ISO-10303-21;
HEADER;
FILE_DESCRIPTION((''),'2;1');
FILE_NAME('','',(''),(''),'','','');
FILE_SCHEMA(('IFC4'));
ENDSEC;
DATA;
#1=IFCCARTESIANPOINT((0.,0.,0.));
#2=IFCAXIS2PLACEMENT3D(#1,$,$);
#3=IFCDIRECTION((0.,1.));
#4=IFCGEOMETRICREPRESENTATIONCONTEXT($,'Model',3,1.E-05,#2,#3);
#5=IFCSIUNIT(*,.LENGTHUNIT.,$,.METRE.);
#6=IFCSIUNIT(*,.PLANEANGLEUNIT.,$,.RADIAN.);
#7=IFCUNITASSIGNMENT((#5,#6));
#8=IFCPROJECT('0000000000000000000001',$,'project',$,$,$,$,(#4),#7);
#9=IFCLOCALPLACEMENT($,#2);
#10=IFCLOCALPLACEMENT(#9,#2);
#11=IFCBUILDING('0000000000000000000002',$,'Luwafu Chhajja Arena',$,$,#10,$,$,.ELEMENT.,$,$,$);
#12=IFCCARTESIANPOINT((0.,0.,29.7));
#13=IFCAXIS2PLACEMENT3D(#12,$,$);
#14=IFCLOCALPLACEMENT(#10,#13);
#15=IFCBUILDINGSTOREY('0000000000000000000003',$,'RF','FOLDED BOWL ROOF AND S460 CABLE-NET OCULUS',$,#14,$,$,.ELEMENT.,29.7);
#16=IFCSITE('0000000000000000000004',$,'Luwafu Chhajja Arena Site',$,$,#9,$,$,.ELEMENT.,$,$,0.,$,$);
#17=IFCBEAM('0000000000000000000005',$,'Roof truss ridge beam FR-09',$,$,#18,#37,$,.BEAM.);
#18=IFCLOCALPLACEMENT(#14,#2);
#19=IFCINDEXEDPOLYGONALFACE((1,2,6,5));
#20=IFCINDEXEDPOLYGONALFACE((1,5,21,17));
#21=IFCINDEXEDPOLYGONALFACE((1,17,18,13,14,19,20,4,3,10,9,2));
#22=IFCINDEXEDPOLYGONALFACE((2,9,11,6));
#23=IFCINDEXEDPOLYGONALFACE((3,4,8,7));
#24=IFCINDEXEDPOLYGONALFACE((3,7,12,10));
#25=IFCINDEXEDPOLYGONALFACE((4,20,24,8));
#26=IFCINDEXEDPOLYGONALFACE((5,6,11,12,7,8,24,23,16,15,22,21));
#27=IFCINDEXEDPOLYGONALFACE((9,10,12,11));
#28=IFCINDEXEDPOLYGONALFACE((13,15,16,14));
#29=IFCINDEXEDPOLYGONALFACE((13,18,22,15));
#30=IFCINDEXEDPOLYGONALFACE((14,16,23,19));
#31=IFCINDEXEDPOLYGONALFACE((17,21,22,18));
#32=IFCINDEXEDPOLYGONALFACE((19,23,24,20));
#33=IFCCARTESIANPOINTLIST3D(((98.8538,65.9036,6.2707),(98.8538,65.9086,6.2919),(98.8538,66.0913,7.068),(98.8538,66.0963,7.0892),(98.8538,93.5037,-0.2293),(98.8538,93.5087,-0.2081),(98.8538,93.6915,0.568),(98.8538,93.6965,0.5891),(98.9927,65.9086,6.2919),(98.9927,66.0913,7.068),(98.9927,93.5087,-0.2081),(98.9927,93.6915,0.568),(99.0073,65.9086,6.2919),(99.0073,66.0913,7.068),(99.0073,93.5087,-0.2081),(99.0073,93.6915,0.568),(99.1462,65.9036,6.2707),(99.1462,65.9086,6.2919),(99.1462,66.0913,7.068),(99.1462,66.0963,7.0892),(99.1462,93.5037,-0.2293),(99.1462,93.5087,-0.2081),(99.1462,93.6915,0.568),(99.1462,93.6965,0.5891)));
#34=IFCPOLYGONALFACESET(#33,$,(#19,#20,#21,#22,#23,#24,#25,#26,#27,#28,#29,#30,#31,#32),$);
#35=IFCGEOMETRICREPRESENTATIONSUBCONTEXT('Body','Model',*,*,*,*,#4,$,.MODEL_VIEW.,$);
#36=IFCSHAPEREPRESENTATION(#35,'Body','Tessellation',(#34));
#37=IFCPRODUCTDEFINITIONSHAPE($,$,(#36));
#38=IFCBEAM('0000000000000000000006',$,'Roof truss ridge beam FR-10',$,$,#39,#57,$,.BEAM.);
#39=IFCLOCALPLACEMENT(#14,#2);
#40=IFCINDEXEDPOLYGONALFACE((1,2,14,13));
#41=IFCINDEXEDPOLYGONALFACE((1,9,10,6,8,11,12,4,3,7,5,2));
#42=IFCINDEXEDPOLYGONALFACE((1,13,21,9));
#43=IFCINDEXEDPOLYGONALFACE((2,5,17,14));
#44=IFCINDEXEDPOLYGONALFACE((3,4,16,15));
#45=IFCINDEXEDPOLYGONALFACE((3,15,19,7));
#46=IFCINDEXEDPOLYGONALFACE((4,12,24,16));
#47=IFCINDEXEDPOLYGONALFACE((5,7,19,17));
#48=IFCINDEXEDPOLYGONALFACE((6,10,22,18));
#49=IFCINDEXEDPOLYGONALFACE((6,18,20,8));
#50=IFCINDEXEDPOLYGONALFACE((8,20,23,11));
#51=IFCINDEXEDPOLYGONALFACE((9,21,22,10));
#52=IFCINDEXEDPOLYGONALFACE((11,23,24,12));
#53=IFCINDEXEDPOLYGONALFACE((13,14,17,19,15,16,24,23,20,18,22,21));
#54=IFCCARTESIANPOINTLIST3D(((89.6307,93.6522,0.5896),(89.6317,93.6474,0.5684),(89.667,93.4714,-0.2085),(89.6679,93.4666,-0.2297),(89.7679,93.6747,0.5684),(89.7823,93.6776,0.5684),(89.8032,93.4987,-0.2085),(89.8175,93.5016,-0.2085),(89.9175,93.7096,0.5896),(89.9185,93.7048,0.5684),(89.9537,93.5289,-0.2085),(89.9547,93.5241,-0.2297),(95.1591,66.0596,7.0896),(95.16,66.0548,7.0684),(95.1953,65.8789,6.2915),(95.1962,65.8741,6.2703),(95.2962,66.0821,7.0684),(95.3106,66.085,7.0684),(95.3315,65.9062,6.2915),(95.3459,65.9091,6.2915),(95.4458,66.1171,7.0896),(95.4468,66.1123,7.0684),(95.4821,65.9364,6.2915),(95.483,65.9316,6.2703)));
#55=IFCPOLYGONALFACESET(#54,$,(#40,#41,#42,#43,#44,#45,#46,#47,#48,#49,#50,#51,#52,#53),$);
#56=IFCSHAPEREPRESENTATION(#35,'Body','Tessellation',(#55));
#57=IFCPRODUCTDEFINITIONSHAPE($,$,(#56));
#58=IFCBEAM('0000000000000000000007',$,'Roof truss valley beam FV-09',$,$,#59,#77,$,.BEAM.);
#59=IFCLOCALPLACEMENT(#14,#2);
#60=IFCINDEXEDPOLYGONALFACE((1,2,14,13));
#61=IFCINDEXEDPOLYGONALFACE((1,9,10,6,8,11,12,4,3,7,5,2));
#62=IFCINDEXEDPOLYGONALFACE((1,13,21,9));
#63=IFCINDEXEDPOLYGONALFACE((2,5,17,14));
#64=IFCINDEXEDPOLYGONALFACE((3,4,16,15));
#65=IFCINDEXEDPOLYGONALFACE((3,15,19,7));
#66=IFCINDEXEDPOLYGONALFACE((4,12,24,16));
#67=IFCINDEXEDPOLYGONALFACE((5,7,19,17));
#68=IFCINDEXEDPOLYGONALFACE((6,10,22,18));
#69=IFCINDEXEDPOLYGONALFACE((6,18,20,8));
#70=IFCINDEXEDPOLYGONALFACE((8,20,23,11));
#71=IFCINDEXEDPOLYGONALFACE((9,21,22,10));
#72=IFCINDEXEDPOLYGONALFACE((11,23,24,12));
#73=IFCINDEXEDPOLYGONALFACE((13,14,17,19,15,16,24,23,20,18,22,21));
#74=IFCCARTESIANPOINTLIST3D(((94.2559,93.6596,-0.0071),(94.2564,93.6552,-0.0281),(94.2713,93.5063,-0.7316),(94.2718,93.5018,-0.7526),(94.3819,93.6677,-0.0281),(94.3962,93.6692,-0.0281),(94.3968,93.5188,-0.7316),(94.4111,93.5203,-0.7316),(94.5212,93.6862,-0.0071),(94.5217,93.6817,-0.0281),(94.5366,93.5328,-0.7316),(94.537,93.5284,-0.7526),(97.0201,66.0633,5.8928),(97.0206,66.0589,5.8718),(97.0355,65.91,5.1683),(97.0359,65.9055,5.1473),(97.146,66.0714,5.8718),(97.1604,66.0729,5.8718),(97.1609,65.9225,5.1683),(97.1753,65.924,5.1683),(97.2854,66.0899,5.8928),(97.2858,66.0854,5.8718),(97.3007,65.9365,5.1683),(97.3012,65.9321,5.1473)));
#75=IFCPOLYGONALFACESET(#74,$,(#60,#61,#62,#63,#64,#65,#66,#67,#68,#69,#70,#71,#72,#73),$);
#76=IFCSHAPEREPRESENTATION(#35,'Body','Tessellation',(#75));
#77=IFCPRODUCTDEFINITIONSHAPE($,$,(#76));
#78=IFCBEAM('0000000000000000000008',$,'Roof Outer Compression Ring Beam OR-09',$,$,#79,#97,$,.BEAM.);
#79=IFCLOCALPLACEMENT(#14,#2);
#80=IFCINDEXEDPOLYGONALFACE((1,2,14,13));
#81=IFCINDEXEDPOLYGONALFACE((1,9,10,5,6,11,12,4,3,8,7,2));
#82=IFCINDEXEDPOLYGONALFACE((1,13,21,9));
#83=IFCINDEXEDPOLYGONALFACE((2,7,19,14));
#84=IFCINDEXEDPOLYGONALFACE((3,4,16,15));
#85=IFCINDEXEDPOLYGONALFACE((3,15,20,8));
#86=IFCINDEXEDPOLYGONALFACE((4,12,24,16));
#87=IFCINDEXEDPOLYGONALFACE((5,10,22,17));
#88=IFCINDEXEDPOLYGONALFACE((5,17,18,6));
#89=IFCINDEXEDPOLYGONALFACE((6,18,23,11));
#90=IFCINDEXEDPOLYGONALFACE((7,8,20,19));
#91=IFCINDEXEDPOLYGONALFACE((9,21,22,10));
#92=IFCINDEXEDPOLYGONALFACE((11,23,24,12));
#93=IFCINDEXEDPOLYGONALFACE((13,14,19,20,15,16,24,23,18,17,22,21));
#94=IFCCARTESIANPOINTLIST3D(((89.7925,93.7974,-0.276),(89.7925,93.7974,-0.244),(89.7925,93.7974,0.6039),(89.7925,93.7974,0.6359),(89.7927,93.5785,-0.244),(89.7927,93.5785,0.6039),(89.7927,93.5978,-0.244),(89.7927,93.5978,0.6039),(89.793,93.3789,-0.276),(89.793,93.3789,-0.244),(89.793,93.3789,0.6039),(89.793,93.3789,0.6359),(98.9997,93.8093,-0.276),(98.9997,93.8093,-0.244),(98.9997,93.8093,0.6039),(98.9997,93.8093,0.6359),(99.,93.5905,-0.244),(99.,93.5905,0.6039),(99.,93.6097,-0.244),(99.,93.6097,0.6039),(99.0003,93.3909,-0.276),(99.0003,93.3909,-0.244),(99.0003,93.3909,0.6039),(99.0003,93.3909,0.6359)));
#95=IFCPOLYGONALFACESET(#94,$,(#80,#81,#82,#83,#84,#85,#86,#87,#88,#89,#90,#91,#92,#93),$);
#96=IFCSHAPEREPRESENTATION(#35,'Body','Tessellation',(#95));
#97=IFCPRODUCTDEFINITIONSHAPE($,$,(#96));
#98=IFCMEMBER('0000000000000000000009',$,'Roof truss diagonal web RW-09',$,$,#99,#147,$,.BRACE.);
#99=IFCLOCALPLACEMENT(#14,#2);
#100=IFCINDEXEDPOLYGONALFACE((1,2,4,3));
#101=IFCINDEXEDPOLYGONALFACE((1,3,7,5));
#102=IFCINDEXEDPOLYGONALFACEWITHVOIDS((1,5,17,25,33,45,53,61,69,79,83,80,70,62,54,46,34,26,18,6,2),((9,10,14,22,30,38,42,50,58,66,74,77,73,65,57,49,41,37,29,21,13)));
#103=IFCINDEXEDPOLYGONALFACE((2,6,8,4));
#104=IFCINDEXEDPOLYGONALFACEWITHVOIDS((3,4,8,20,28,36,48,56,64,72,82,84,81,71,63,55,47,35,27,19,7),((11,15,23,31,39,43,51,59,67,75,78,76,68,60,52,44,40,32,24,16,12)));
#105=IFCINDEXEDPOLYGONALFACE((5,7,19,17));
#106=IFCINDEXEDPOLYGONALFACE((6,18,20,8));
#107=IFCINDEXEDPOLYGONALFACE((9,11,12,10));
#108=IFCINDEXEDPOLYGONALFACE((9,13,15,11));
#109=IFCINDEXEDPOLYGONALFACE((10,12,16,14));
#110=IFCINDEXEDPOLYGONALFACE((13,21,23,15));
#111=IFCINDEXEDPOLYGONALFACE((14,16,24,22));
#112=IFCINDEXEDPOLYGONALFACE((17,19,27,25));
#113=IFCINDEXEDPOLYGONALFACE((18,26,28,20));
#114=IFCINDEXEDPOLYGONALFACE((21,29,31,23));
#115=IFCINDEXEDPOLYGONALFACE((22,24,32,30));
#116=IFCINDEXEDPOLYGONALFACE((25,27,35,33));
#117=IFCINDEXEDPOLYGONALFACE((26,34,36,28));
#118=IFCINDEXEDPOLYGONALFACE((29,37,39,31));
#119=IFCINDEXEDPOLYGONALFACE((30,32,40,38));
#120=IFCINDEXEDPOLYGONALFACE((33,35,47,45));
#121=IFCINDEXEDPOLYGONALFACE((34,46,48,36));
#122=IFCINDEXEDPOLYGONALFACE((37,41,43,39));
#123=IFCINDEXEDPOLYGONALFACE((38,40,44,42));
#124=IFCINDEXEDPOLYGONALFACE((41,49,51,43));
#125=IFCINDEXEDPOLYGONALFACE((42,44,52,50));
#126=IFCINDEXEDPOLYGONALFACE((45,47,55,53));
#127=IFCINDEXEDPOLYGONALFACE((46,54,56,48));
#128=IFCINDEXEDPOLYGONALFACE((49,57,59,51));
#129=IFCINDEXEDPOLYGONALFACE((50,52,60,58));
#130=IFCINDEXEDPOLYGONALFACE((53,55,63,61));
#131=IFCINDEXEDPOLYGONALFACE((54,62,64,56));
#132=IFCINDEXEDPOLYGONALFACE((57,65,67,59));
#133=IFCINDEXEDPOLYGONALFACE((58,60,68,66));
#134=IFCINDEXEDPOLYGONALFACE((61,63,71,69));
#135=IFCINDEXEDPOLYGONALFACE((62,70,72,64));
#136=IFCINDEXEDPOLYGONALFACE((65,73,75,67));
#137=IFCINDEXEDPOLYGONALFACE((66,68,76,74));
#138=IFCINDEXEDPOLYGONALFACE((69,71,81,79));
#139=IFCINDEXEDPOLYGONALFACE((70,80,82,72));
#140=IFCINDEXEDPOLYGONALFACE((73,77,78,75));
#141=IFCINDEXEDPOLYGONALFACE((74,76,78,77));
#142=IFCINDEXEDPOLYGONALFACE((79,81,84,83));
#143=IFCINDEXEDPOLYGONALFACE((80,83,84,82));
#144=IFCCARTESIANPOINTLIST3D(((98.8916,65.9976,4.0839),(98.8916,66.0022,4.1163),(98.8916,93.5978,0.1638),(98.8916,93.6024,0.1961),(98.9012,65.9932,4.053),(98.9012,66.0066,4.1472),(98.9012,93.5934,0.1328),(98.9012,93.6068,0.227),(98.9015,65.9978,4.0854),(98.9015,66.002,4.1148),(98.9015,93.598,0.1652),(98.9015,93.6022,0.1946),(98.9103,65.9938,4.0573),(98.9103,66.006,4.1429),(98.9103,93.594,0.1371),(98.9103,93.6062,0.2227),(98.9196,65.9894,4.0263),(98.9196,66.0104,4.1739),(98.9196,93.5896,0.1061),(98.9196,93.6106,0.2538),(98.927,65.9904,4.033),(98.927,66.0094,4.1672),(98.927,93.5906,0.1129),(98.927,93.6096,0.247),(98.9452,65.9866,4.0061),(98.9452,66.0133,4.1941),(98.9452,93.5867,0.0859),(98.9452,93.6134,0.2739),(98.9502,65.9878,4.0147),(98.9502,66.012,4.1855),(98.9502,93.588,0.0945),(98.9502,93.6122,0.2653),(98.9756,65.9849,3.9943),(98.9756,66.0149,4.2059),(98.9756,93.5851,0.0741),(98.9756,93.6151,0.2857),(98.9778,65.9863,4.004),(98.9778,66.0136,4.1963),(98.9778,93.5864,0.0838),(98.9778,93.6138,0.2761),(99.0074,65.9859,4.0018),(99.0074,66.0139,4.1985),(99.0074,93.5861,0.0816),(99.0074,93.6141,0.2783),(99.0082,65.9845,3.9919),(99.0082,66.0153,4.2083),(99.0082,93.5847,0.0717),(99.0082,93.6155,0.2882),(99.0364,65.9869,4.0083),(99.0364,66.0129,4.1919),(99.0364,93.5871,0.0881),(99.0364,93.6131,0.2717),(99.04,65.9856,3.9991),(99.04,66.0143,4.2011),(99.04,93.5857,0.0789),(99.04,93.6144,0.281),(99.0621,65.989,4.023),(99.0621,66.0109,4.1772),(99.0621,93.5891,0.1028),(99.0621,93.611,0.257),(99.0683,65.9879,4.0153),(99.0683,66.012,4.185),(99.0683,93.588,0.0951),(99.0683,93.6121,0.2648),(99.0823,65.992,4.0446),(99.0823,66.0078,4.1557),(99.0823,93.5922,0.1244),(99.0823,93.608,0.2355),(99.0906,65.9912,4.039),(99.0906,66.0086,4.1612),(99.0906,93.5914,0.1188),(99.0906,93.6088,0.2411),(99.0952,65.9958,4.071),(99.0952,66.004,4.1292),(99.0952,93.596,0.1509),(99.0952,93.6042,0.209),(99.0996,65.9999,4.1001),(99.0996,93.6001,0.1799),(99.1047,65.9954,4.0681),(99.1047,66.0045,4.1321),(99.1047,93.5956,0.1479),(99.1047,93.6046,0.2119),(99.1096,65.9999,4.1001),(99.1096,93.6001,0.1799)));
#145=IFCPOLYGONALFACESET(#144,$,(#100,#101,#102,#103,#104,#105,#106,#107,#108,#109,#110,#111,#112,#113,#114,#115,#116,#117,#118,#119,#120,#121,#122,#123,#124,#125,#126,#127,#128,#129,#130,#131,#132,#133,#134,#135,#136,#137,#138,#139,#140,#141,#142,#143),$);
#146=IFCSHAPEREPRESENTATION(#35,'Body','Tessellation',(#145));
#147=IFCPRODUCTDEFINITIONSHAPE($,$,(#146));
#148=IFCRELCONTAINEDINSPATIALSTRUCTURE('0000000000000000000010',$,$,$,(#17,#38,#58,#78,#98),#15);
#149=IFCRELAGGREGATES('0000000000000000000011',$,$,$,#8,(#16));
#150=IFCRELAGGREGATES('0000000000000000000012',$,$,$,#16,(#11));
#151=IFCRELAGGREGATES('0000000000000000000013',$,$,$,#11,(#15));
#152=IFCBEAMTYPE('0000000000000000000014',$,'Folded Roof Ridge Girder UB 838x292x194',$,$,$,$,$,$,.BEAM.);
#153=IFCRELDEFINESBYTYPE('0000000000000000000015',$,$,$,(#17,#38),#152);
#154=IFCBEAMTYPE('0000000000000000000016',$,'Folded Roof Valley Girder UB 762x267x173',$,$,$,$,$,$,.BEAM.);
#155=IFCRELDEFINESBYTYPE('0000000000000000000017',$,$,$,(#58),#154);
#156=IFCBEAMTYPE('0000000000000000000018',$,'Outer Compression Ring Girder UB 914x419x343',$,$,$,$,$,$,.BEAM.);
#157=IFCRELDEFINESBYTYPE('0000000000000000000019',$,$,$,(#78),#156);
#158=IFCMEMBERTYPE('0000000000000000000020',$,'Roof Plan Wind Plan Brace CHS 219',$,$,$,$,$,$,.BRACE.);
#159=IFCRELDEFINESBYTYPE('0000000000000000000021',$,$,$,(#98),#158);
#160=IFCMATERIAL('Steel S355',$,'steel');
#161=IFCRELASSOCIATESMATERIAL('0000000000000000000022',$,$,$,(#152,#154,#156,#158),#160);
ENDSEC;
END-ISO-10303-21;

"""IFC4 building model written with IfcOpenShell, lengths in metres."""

from ifc_helpers import new_model, si_unit, direction, frame, origin, origin_2d, place, context, subcontext, project, spatial, hollow_circle, i_section, extrude, material, material_profile, profile_set, type_object, element, save


model = new_model("IFC4")

# Units and contexts
model_context = context("Model", 3, precision=1e-05, world=origin(), true_north=direction((0.0, 1.0)))
body_context = subcontext(model_context, "Body", "Model", "MODEL_VIEW")
ifc_project = project(units=[si_unit("LENGTHUNIT", "METRE"), si_unit("PLANEANGLEUNIT", "RADIAN")], contexts=[model_context])

# Site, building, storey
site_placement = place(None, origin())
site = spatial("IfcSite", under=ifc_project, at=site_placement, Name="Luwafu Chhajja Arena Site", CompositionType="ELEMENT", RefElevation=0.0)
building_placement = place(site_placement, origin())
building = spatial("IfcBuilding", under=site, at=building_placement, Name="Luwafu Chhajja Arena", CompositionType="ELEMENT")
storey_placement = place(building_placement, frame((0.0, 0.0, 29.7)))
storey = spatial("IfcBuildingStorey", under=building, at=storey_placement, Name="RF", Description="FOLDED BOWL ROOF AND S460 CABLE-NET OCULUS", CompositionType="ELEMENT", Elevation=29.7)

# Beams
ifc_material_1 = material(Name="Steel S355", Category="steel")
ifc_material_profile_1 = material_profile(ifc_material_1, i_section(OverallWidth=0.2925, OverallDepth=0.8408, WebThickness=0.0146, FlangeThickness=0.0217, at=origin_2d()), Name="UB 838x292x194")
ifc_profile_set_1 = profile_set([ifc_material_profile_1], Name="Steel S355")
beam_type_1 = type_object("IfcBeamType", Name="Folded Roof Ridge Girder UB 838x292x194", PredefinedType="BEAM", material=ifc_profile_set_1)
beam_1_placement = place(storey_placement, frame((99.0, 93.6001, 0.1799), z_axis=(0.0, -0.973371, 0.229235), x_axis=(1.0, 0.0, 0.0)))
element("IfcBeam", 1, at=beam_1_placement, inside=storey, type_object=beam_type_1, Name="Roof truss ridge beam FR-09", PredefinedType="BEAM", context=body_context, shape_type="SweptSolid", body=[
    extrude(i_section(OverallWidth=0.2925, OverallDepth=0.8408, WebThickness=0.0146, FlangeThickness=0.0217, at=origin_2d()), origin(), (0.0, 0.0, 1.0), 28.3552),
])
beam_2_placement = place(storey_placement, frame((89.7927, 93.5881, 0.1799), z_axis=(0.191412, -0.95536, 0.225055), x_axis=(0.980514, 0.196451, 0.0)))
element("IfcBeam", 2, at=beam_2_placement, inside=storey, type_object=beam_type_1, Name="Roof truss ridge beam FR-10", PredefinedType="BEAM", context=body_context, shape_type="SweptSolid", body=[
    extrude(i_section(OverallWidth=0.2925, OverallDepth=0.8408, WebThickness=0.0146, FlangeThickness=0.0217, at=origin_2d()), origin(), (0.0, 0.0, 1.0), 28.8818),
])
ifc_material_profile_2 = material_profile(ifc_material_1, i_section(OverallWidth=0.2666, OverallDepth=0.7622, WebThickness=0.0144, FlangeThickness=0.0215, at=origin_2d()), Name="UB 762x267x173")
ifc_profile_set_2 = profile_set([ifc_material_profile_2], Name="Steel S355")
beam_type_2 = type_object("IfcBeamType", Name="Folded Roof Valley Girder UB 762x267x173", PredefinedType="BEAM", material=ifc_profile_set_2)
beam_3_placement = place(storey_placement, frame((94.3965, 93.594, -0.3799), z_axis=(0.097484, -0.973243, 0.208074), x_axis=(0.995021, 0.099666, 0.0)))
element("IfcBeam", 3, at=beam_3_placement, inside=storey, type_object=beam_type_2, Name="Roof truss valley beam FV-09", PredefinedType="BEAM", context=body_context, shape_type="SweptSolid", body=[
    extrude(i_section(OverallWidth=0.2666, OverallDepth=0.7622, WebThickness=0.0144, FlangeThickness=0.0215, at=origin_2d()), origin(), (0.0, 0.0, 1.0), 28.355),
])
ifc_material_profile_3 = material_profile(ifc_material_1, i_section(OverallWidth=0.4185, OverallDepth=0.9119, WebThickness=0.0193, FlangeThickness=0.032, at=origin_2d()), Name="UB 914x419x343")
ifc_profile_set_3 = profile_set([ifc_material_profile_3], Name="Steel S355")
beam_type_3 = type_object("IfcBeamType", Name="Outer Compression Ring Girder UB 914x419x343", PredefinedType="BEAM", material=ifc_profile_set_3)
beam_4_placement = place(storey_placement, frame((99.0, 93.6001, 0.1799), z_axis=(-0.999999, -0.001299, 0.0), x_axis=(0.001299, -0.999999, 0.0)))
element("IfcBeam", 4, at=beam_4_placement, inside=storey, type_object=beam_type_3, Name="Roof Outer Compression Ring Beam OR-09", PredefinedType="BEAM", context=body_context, shape_type="SweptSolid", body=[
    extrude(i_section(OverallWidth=0.4185, OverallDepth=0.9119, WebThickness=0.0193, FlangeThickness=0.032, at=origin_2d()), origin(), (0.0, 0.0, 1.0), 9.2073),
])

# Member
ifc_material_profile_4 = material_profile(ifc_material_1, hollow_circle(Radius=0.1096, WallThickness=0.01, at=origin_2d()), Name="CHS 219.1x10")
ifc_profile_set_4 = profile_set([ifc_material_profile_4], Name="Steel S355")
member_type = type_object("IfcMemberType", Name="Roof Plan Wind Plan Brace CHS 219", PredefinedType="BRACE", material=ifc_profile_set_4)
member_1_placement = place(storey_placement, frame((99.0, 93.6001, 0.1799), z_axis=(0.0, -0.990063, 0.140623), x_axis=(1.0, 0.0, 0.0)))
element("IfcMember", 5, at=member_1_placement, inside=storey, type_object=member_type, Name="Roof truss diagonal web RW-09", PredefinedType="BRACE", context=body_context, shape_type="SweptSolid", body=[
    extrude(hollow_circle(Radius=0.1096, WallThickness=0.01, at=origin_2d()), origin(), (0.0, 0.0, 1.0), 27.8772),
])

save(model, "model.ifc")
